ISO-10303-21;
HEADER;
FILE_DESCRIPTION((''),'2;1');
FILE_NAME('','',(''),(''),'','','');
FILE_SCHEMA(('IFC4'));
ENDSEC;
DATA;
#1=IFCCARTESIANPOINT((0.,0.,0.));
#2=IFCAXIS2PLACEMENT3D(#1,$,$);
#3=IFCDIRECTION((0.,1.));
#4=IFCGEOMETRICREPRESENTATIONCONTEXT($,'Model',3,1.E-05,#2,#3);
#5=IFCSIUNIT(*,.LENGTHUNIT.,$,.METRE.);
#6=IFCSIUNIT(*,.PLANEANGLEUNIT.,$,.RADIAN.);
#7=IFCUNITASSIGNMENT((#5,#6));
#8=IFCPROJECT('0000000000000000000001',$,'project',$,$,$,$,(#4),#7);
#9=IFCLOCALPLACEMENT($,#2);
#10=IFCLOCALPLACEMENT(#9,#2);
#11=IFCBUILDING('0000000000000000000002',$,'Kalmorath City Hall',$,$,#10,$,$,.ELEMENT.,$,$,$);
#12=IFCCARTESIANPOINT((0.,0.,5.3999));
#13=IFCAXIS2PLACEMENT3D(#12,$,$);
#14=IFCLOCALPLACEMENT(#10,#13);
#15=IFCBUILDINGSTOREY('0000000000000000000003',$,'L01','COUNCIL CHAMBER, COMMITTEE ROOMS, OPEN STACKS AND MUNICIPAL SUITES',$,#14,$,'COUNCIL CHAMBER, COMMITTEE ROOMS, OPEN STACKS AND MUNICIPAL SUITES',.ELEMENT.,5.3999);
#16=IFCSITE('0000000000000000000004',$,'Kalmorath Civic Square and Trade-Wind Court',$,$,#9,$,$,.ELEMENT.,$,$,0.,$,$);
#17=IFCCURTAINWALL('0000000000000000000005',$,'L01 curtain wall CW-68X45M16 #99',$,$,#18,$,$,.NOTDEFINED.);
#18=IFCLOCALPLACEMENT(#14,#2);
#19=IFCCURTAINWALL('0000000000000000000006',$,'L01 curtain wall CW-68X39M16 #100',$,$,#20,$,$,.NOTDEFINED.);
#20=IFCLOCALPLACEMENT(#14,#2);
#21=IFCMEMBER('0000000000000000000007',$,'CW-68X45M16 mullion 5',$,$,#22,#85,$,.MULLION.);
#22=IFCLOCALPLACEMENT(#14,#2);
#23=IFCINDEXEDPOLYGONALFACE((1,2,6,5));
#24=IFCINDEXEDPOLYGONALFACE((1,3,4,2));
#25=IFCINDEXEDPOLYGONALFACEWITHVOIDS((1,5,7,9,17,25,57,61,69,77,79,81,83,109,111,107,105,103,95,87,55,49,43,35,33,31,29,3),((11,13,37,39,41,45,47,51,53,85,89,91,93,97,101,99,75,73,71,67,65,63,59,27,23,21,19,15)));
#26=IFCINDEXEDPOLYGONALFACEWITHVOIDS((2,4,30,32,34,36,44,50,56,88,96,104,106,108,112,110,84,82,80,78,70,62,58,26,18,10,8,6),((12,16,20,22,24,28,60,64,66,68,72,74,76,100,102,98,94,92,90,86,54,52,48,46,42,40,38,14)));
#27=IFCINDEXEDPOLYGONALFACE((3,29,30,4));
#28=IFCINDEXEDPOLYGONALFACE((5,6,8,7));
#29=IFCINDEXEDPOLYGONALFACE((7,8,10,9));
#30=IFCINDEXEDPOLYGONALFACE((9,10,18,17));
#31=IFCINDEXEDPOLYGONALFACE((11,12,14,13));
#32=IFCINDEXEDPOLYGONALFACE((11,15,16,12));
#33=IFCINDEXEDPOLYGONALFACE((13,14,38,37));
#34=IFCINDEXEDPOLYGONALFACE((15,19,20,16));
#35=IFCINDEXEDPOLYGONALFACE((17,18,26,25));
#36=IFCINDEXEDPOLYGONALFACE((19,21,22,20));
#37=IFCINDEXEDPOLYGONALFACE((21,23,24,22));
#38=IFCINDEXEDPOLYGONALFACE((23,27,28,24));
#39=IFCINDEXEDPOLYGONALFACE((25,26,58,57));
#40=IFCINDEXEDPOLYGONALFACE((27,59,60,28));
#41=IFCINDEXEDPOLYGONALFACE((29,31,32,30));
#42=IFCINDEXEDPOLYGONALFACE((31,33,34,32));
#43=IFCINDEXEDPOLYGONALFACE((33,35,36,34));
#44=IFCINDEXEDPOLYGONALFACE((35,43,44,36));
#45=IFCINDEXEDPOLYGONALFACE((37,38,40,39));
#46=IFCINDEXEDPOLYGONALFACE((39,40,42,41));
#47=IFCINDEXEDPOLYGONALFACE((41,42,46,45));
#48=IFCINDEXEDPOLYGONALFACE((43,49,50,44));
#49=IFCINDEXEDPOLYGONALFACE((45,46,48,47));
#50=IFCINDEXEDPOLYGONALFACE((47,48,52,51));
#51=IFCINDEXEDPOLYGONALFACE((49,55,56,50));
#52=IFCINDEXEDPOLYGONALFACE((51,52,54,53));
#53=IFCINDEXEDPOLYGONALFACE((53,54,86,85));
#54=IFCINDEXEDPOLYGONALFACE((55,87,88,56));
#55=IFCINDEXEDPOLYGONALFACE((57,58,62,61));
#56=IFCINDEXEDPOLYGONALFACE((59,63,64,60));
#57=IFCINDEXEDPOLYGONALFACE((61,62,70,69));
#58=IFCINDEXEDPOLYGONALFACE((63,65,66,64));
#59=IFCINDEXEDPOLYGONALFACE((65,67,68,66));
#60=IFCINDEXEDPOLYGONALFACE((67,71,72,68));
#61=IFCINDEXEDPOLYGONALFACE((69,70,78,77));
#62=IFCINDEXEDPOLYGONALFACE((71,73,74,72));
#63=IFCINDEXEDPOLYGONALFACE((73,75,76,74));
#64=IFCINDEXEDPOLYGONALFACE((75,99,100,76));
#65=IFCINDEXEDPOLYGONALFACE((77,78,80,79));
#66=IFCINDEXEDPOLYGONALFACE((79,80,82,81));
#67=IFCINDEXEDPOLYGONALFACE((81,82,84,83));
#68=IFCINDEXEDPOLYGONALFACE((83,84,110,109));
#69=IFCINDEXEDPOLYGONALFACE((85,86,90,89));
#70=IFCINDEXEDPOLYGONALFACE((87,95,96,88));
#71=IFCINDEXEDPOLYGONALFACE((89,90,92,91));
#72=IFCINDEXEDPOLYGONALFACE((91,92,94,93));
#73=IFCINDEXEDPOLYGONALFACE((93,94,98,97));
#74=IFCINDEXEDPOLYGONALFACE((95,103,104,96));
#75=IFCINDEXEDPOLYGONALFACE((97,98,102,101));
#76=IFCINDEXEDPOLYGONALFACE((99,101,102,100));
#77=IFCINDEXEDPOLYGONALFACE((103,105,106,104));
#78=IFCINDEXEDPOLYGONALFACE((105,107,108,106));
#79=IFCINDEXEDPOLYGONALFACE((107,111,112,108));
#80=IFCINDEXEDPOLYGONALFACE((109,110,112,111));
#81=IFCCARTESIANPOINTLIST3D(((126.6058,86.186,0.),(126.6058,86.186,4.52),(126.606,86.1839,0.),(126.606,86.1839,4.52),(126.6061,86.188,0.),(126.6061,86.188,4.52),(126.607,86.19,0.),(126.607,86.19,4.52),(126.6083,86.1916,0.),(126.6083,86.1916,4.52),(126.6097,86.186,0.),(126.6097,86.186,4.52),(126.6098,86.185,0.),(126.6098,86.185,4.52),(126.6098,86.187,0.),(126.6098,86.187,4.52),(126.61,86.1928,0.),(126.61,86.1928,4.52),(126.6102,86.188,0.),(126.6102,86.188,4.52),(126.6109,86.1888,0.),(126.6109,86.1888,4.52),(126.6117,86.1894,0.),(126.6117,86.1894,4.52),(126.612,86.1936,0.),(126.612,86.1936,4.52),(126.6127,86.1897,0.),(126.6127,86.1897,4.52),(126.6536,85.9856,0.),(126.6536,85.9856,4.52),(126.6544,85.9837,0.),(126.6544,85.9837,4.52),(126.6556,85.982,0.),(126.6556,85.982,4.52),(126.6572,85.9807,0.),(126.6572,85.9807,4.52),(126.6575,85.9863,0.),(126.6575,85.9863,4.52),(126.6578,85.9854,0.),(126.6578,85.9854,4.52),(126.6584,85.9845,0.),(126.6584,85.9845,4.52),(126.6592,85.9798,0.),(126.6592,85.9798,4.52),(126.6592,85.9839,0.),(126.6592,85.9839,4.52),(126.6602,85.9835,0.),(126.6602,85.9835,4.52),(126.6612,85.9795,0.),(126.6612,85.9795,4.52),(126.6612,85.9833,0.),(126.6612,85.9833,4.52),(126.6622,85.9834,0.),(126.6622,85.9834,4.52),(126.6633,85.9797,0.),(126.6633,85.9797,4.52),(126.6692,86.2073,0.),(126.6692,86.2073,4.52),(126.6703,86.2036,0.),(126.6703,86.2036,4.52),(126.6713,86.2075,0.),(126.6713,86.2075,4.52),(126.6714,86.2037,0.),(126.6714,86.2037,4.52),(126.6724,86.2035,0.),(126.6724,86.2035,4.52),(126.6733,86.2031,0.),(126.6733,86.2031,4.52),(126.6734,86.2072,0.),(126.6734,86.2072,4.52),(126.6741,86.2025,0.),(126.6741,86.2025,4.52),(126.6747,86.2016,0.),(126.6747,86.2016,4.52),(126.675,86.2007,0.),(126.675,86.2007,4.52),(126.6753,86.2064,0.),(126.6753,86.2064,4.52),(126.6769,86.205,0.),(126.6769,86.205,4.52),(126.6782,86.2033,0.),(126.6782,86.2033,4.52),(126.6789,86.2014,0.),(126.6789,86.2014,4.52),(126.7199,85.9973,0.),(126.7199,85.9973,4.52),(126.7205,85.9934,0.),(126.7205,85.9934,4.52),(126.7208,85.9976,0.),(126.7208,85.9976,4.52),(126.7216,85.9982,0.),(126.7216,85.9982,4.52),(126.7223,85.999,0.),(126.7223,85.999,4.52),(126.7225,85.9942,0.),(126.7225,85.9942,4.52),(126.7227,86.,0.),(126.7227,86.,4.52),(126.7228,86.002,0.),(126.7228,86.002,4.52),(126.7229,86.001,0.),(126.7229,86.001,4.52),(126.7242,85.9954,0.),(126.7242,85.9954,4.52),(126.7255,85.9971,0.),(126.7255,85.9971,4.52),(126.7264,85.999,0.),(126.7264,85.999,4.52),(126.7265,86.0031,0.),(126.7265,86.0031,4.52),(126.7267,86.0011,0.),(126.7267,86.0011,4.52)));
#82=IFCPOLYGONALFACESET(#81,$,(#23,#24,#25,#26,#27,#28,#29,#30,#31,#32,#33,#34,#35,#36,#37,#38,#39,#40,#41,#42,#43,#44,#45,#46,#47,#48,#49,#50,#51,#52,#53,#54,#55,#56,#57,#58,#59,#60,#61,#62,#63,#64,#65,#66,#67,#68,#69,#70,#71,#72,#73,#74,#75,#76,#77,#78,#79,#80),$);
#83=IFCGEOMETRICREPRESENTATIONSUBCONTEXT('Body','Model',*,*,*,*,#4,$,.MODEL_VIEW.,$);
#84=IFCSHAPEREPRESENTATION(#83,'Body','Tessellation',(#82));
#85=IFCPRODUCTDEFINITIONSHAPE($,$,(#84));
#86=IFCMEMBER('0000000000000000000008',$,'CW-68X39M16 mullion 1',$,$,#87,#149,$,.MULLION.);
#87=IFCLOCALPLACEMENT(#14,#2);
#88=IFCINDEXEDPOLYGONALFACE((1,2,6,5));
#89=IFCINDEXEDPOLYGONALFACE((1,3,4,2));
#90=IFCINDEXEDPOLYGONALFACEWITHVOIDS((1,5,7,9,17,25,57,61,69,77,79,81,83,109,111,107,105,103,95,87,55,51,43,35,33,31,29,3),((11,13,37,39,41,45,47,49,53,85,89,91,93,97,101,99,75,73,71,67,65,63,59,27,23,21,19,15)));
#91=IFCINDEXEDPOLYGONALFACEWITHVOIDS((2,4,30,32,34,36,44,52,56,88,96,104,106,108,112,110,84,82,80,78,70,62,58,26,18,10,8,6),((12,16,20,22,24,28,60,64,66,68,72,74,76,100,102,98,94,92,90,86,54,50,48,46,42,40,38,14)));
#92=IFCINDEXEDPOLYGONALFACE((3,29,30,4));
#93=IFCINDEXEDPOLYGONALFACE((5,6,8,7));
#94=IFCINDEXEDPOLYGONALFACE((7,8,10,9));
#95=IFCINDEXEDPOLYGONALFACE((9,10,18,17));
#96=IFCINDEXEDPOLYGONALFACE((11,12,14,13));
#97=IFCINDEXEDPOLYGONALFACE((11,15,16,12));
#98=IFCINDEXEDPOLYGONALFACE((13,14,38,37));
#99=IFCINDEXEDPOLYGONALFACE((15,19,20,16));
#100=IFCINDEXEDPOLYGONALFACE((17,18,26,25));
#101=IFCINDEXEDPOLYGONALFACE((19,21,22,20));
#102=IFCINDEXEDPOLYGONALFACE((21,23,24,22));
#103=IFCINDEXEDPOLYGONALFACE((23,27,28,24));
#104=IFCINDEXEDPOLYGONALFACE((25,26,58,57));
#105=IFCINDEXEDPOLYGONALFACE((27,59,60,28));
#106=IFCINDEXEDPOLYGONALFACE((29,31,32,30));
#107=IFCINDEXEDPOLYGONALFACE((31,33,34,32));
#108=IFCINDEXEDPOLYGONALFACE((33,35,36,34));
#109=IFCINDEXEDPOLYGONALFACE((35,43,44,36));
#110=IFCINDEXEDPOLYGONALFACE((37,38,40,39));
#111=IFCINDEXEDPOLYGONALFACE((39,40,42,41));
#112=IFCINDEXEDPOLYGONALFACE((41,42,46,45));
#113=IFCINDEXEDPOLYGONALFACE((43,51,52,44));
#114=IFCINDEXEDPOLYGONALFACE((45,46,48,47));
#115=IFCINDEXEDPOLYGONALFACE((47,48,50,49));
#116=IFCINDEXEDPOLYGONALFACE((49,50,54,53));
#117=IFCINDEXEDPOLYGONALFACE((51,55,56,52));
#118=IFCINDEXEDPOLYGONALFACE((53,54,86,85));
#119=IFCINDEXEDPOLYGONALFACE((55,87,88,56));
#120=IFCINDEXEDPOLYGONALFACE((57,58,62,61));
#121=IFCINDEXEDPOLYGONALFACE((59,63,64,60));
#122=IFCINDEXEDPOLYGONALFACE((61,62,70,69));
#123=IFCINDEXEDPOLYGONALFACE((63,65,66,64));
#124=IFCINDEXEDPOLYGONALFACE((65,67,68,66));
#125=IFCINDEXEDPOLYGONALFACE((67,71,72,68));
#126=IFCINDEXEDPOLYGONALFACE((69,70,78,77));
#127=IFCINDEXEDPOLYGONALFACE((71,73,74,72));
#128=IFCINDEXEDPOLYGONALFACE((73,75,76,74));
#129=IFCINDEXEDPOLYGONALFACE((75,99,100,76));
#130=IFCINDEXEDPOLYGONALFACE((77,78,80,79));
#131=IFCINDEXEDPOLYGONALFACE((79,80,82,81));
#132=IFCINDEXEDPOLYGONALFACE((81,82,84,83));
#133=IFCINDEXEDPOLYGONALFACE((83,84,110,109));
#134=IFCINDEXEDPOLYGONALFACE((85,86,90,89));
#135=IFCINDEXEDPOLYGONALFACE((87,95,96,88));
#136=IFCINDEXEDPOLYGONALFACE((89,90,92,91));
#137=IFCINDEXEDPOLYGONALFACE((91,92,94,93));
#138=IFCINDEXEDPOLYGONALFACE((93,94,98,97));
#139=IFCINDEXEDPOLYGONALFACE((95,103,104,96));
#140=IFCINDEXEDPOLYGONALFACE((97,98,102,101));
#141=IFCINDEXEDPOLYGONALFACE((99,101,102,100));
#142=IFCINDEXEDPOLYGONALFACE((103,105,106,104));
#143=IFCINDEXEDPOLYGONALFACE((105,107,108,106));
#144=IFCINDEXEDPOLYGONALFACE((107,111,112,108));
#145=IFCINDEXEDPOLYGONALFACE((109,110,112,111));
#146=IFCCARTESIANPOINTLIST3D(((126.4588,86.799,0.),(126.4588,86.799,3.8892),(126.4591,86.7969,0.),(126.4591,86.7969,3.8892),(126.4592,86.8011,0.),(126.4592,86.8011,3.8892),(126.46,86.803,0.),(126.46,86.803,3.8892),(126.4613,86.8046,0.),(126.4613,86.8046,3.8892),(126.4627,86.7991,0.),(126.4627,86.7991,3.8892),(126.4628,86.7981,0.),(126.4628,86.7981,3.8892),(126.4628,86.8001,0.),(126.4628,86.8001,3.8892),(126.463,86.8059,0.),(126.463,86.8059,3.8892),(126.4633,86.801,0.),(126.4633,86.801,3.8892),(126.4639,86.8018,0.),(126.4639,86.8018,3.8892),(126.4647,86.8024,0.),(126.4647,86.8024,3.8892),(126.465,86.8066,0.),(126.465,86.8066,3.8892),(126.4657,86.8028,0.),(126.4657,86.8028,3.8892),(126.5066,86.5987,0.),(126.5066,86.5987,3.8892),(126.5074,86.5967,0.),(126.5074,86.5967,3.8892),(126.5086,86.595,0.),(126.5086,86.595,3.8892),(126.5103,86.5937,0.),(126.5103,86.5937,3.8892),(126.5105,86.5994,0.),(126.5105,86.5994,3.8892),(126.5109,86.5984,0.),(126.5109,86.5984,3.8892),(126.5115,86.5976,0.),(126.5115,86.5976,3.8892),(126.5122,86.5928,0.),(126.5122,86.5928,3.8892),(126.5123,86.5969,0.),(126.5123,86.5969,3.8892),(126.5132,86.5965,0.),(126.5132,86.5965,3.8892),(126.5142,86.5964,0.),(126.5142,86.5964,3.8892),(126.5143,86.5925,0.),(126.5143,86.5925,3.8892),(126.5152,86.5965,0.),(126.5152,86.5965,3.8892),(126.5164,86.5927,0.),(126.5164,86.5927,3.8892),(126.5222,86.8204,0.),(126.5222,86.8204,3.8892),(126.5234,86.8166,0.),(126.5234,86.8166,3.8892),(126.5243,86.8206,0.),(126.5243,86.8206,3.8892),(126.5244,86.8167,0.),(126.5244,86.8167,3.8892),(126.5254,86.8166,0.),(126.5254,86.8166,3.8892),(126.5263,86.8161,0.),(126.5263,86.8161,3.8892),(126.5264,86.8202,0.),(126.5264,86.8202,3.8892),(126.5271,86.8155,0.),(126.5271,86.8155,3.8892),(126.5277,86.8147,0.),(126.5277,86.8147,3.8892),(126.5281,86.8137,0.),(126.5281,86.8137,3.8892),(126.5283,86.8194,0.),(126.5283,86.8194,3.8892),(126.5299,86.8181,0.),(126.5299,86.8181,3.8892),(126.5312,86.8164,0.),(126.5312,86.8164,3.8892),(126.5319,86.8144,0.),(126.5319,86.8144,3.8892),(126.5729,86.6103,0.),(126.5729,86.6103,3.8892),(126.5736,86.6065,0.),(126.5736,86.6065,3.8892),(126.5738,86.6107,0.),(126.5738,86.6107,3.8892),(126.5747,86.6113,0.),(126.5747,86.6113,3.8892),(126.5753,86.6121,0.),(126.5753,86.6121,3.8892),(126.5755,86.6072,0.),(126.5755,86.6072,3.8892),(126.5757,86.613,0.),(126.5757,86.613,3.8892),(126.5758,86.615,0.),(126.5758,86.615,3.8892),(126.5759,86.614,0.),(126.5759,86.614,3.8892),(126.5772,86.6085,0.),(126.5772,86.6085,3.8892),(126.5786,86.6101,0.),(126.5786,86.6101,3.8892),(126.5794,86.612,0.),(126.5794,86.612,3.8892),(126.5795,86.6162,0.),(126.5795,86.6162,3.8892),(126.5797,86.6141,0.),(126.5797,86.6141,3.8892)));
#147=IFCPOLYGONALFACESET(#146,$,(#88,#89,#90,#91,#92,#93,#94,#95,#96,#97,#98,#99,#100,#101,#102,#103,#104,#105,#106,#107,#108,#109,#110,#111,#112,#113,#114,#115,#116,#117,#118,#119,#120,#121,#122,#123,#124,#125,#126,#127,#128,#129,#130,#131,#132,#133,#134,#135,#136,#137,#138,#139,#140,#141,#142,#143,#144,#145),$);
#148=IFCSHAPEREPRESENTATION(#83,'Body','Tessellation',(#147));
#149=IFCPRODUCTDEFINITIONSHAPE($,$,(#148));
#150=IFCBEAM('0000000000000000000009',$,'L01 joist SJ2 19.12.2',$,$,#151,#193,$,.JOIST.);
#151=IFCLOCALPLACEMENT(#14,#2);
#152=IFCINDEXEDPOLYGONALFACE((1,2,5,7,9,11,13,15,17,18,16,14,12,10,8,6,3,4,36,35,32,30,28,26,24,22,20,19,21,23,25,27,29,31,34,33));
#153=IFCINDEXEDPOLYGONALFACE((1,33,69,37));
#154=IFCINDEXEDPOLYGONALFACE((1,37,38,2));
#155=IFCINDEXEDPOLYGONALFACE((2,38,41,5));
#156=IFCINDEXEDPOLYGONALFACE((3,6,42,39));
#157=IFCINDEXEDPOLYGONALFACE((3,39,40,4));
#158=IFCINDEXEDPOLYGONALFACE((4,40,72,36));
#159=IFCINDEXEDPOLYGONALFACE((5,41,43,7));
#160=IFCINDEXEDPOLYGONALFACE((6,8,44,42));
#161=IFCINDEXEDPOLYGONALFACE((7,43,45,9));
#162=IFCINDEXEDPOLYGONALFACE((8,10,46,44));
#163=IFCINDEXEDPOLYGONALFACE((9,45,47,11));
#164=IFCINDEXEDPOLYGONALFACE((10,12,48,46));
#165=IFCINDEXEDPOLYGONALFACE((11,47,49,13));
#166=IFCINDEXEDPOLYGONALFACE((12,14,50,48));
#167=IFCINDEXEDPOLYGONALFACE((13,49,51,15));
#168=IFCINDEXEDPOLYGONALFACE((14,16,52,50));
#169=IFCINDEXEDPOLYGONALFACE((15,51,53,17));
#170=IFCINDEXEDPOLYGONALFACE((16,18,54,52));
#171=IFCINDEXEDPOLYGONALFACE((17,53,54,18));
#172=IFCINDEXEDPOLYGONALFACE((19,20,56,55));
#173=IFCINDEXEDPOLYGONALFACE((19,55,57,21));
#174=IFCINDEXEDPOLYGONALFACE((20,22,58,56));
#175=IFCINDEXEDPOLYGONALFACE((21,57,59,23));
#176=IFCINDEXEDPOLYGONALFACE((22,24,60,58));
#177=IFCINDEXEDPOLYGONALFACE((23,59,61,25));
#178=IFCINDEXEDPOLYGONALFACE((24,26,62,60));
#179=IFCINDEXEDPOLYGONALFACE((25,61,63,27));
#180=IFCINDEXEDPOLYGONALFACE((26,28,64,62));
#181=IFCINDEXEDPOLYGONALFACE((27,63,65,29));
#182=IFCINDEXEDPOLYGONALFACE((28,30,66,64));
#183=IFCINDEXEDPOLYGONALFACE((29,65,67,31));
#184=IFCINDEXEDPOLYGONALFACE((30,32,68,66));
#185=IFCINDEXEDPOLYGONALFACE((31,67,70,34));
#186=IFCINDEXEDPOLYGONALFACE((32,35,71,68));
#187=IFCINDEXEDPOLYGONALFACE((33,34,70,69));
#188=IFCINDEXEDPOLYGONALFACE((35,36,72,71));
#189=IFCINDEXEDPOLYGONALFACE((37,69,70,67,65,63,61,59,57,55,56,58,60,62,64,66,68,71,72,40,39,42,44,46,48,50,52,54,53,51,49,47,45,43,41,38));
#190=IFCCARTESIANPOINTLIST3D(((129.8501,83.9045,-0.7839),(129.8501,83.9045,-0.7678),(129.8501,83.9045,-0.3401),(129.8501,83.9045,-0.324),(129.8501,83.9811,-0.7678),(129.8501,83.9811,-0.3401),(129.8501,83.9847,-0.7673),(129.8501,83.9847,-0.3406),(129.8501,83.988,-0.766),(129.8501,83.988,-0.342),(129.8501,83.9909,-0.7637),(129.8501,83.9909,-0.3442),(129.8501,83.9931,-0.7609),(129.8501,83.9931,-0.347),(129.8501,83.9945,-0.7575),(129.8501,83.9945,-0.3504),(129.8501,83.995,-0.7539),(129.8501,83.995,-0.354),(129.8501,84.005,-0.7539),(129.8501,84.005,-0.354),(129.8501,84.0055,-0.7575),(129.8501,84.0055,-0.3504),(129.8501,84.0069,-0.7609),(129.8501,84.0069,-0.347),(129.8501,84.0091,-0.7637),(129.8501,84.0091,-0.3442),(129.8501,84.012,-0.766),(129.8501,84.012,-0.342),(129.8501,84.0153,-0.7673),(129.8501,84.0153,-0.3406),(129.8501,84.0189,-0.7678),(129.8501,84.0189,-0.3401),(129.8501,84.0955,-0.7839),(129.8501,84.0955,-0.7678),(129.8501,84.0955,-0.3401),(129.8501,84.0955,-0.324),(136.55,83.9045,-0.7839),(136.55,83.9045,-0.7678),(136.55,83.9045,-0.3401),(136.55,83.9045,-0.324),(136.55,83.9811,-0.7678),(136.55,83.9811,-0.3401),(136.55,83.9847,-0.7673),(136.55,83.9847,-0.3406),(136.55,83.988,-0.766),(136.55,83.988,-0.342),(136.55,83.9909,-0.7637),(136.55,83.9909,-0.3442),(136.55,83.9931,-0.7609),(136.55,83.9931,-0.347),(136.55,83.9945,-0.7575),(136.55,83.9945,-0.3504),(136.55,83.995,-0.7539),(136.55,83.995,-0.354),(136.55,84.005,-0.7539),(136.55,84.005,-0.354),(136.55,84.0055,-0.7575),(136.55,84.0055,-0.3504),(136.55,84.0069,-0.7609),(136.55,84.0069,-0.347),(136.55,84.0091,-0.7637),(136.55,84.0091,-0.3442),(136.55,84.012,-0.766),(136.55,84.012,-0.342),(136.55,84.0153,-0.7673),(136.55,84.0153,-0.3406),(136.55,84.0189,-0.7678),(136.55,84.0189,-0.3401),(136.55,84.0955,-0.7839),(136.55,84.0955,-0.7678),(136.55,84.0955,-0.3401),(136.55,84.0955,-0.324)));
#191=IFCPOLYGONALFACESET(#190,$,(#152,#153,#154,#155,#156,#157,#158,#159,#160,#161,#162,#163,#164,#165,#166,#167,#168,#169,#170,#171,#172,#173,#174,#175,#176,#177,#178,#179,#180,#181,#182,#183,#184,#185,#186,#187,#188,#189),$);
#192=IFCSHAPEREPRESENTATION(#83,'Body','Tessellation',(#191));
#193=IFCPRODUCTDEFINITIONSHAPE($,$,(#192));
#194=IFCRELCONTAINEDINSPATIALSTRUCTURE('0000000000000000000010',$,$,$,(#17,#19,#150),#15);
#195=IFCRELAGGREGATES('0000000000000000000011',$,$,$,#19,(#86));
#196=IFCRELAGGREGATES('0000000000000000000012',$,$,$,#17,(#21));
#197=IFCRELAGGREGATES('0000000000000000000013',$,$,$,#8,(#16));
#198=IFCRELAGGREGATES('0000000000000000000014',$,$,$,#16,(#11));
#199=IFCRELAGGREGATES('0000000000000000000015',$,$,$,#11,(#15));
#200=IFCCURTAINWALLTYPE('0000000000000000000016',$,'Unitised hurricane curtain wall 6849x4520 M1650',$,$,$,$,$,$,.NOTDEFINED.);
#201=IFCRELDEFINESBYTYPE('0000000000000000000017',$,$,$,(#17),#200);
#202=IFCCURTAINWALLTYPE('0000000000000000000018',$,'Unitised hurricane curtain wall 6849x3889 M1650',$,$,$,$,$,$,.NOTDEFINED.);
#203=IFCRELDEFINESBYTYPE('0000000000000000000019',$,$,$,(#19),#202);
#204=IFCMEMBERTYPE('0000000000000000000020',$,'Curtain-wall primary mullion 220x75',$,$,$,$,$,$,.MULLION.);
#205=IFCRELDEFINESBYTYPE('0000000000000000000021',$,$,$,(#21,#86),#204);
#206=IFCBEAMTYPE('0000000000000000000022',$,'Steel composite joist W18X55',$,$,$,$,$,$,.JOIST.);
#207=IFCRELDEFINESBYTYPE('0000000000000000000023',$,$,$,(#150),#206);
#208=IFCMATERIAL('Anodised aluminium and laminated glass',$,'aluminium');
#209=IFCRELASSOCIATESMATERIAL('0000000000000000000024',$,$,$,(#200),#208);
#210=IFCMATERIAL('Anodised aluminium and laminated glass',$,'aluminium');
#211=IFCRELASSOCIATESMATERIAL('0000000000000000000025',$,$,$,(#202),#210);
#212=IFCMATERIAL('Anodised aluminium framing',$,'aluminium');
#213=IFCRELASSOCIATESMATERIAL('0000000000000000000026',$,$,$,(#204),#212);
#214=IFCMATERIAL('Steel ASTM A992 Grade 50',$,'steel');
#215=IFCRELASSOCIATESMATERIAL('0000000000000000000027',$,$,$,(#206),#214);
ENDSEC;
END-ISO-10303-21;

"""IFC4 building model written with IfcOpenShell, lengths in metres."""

from ifc_helpers import new_model, si_unit, direction, frame, origin, origin_2d, place, context, subcontext, project, spatial, hollow_rectangle, i_section, extrude, material, material_profile, profile_set, type_object, element, aggregate, save


model = new_model("IFC4")

# Units and contexts
model_context = context("Model", 3, precision=1e-05, world=origin(), true_north=direction((0.0, 1.0)))
body_context = subcontext(model_context, "Body", "Model", "MODEL_VIEW")
ifc_project = project(units=[si_unit("LENGTHUNIT", "METRE"), si_unit("PLANEANGLEUNIT", "RADIAN")], contexts=[model_context])

# Site, building, storey
site_placement = place(None, origin())
site = spatial("IfcSite", under=ifc_project, at=site_placement, Name="Kalmorath Civic Square and Trade-Wind Court", CompositionType="ELEMENT", RefElevation=0.0)
building_placement = place(site_placement, origin())
building = spatial("IfcBuilding", under=site, at=building_placement, Name="Kalmorath City Hall", CompositionType="ELEMENT")
storey_placement = place(building_placement, frame((0.0, 0.0, 5.3999)))
storey = spatial("IfcBuildingStorey", under=building, at=storey_placement, Name="L01", Description="COUNCIL CHAMBER, COMMITTEE ROOMS, OPEN STACKS AND MUNICIPAL SUITES", LongName="COUNCIL CHAMBER, COMMITTEE ROOMS, OPEN STACKS AND MUNICIPAL SUITES", CompositionType="ELEMENT", Elevation=5.3999)

# Curtain walls
ifc_material_1 = material(Name="Anodised aluminium and laminated glass", Category="aluminium")
curtain_wall_type_1 = type_object("IfcCurtainWallType", Name="Unitised hurricane curtain wall 6849x4520 M1650", PredefinedType="NOTDEFINED", material=ifc_material_1)
curtain_wall_1_placement = place(storey_placement, origin())
curtain_wall_1 = element("IfcCurtainWall", 1, at=curtain_wall_1_placement, inside=storey, type_object=curtain_wall_type_1, Name="L01 curtain wall CW-68X45M16 #99", PredefinedType="NOTDEFINED")
ifc_material_2 = material(Name="Anodised aluminium and laminated glass", Category="aluminium")
curtain_wall_type_2 = type_object("IfcCurtainWallType", Name="Unitised hurricane curtain wall 6849x3889 M1650", PredefinedType="NOTDEFINED", material=ifc_material_2)
curtain_wall_2_placement = place(storey_placement, origin())
curtain_wall_2 = element("IfcCurtainWall", 2, at=curtain_wall_2_placement, inside=storey, type_object=curtain_wall_type_2, Name="L01 curtain wall CW-68X39M16 #100", PredefinedType="NOTDEFINED")

# Members
ifc_material_3 = material(Name="Anodised aluminium framing", Category="aluminium")
ifc_material_profile_1 = material_profile(ifc_material_3, hollow_rectangle(XDim=0.075, YDim=0.22, WallThickness=0.0039, InnerFilletRadius=0.0039, OuterFilletRadius=0.0081, at=origin_2d()), Name="ALU-MUL-220X75X4")
ifc_profile_set_1 = profile_set([ifc_material_profile_1], Name="Anodised aluminium framing")
member_type_1 = type_object("IfcMemberType", Name="Curtain-wall primary mullion 220x75", PredefinedType="MULLION", material=ifc_profile_set_1)
member_1_placement = place(storey_placement, frame((126.6663, 86.0935, 0.0), z_axis=(0.0, 0.0, 1.0), x_axis=(-0.972367, -0.233456, 0.0)))
member_1 = element("IfcMember", 3, at=member_1_placement, type_object=member_type_1, Name="CW-68X45M16 mullion 5", PredefinedType="MULLION", context=body_context, shape_type="SweptSolid", body=[
    extrude(hollow_rectangle(XDim=0.075, YDim=0.22, WallThickness=0.0039, InnerFilletRadius=0.0039, OuterFilletRadius=0.0081, at=origin_2d()), origin(), (0.0, 0.0, 1.0), 4.52),
])
member_2_placement = place(storey_placement, frame((126.5193, 86.7065, 0.0), z_axis=(0.0, 0.0, 1.0), x_axis=(-0.972367, -0.233456, 0.0)))
member_2 = element("IfcMember", 4, at=member_2_placement, type_object=member_type_1, Name="CW-68X39M16 mullion 1", PredefinedType="MULLION", context=body_context, shape_type="SweptSolid", body=[
    extrude(hollow_rectangle(XDim=0.075, YDim=0.22, WallThickness=0.0039, InnerFilletRadius=0.0039, OuterFilletRadius=0.0081, at=origin_2d()), origin(), (0.0, 0.0, 1.0), 3.8892),
])
aggregate(curtain_wall_2, [member_2])

# Beam
ifc_material_4 = material(Name="Steel ASTM A992 Grade 50", Category="steel")
ifc_material_profile_2 = material_profile(ifc_material_4, i_section(OverallWidth=0.1909, OverallDepth=0.46, WebThickness=0.01, FlangeThickness=0.0161, FilletRadius=0.0139, at=origin_2d()), Name="W18X55")
ifc_profile_set_2 = profile_set([ifc_material_profile_2], Name="Steel ASTM A992 Grade 50")
beam_type_1 = type_object("IfcBeamType", Name="Steel composite joist W18X55", PredefinedType="JOIST", material=ifc_profile_set_2)
beam_1_placement = place(storey_placement, frame((129.8501, 84.0, -0.554), z_axis=(1.0, 0.0, 0.0), x_axis=(0.0, 1.0, 0.0)))
element("IfcBeam", 5, at=beam_1_placement, inside=storey, type_object=beam_type_1, Name="L01 joist SJ2 19.12.2", PredefinedType="JOIST", context=body_context, shape_type="SweptSolid", body=[
    extrude(i_section(OverallWidth=0.1909, OverallDepth=0.46, WebThickness=0.01, FlangeThickness=0.0161, FilletRadius=0.0139, at=origin_2d()), origin(), (0.0, 0.0, 1.0), 6.7),
])

aggregate(curtain_wall_1, [member_1])

save(model, "model.ifc")
